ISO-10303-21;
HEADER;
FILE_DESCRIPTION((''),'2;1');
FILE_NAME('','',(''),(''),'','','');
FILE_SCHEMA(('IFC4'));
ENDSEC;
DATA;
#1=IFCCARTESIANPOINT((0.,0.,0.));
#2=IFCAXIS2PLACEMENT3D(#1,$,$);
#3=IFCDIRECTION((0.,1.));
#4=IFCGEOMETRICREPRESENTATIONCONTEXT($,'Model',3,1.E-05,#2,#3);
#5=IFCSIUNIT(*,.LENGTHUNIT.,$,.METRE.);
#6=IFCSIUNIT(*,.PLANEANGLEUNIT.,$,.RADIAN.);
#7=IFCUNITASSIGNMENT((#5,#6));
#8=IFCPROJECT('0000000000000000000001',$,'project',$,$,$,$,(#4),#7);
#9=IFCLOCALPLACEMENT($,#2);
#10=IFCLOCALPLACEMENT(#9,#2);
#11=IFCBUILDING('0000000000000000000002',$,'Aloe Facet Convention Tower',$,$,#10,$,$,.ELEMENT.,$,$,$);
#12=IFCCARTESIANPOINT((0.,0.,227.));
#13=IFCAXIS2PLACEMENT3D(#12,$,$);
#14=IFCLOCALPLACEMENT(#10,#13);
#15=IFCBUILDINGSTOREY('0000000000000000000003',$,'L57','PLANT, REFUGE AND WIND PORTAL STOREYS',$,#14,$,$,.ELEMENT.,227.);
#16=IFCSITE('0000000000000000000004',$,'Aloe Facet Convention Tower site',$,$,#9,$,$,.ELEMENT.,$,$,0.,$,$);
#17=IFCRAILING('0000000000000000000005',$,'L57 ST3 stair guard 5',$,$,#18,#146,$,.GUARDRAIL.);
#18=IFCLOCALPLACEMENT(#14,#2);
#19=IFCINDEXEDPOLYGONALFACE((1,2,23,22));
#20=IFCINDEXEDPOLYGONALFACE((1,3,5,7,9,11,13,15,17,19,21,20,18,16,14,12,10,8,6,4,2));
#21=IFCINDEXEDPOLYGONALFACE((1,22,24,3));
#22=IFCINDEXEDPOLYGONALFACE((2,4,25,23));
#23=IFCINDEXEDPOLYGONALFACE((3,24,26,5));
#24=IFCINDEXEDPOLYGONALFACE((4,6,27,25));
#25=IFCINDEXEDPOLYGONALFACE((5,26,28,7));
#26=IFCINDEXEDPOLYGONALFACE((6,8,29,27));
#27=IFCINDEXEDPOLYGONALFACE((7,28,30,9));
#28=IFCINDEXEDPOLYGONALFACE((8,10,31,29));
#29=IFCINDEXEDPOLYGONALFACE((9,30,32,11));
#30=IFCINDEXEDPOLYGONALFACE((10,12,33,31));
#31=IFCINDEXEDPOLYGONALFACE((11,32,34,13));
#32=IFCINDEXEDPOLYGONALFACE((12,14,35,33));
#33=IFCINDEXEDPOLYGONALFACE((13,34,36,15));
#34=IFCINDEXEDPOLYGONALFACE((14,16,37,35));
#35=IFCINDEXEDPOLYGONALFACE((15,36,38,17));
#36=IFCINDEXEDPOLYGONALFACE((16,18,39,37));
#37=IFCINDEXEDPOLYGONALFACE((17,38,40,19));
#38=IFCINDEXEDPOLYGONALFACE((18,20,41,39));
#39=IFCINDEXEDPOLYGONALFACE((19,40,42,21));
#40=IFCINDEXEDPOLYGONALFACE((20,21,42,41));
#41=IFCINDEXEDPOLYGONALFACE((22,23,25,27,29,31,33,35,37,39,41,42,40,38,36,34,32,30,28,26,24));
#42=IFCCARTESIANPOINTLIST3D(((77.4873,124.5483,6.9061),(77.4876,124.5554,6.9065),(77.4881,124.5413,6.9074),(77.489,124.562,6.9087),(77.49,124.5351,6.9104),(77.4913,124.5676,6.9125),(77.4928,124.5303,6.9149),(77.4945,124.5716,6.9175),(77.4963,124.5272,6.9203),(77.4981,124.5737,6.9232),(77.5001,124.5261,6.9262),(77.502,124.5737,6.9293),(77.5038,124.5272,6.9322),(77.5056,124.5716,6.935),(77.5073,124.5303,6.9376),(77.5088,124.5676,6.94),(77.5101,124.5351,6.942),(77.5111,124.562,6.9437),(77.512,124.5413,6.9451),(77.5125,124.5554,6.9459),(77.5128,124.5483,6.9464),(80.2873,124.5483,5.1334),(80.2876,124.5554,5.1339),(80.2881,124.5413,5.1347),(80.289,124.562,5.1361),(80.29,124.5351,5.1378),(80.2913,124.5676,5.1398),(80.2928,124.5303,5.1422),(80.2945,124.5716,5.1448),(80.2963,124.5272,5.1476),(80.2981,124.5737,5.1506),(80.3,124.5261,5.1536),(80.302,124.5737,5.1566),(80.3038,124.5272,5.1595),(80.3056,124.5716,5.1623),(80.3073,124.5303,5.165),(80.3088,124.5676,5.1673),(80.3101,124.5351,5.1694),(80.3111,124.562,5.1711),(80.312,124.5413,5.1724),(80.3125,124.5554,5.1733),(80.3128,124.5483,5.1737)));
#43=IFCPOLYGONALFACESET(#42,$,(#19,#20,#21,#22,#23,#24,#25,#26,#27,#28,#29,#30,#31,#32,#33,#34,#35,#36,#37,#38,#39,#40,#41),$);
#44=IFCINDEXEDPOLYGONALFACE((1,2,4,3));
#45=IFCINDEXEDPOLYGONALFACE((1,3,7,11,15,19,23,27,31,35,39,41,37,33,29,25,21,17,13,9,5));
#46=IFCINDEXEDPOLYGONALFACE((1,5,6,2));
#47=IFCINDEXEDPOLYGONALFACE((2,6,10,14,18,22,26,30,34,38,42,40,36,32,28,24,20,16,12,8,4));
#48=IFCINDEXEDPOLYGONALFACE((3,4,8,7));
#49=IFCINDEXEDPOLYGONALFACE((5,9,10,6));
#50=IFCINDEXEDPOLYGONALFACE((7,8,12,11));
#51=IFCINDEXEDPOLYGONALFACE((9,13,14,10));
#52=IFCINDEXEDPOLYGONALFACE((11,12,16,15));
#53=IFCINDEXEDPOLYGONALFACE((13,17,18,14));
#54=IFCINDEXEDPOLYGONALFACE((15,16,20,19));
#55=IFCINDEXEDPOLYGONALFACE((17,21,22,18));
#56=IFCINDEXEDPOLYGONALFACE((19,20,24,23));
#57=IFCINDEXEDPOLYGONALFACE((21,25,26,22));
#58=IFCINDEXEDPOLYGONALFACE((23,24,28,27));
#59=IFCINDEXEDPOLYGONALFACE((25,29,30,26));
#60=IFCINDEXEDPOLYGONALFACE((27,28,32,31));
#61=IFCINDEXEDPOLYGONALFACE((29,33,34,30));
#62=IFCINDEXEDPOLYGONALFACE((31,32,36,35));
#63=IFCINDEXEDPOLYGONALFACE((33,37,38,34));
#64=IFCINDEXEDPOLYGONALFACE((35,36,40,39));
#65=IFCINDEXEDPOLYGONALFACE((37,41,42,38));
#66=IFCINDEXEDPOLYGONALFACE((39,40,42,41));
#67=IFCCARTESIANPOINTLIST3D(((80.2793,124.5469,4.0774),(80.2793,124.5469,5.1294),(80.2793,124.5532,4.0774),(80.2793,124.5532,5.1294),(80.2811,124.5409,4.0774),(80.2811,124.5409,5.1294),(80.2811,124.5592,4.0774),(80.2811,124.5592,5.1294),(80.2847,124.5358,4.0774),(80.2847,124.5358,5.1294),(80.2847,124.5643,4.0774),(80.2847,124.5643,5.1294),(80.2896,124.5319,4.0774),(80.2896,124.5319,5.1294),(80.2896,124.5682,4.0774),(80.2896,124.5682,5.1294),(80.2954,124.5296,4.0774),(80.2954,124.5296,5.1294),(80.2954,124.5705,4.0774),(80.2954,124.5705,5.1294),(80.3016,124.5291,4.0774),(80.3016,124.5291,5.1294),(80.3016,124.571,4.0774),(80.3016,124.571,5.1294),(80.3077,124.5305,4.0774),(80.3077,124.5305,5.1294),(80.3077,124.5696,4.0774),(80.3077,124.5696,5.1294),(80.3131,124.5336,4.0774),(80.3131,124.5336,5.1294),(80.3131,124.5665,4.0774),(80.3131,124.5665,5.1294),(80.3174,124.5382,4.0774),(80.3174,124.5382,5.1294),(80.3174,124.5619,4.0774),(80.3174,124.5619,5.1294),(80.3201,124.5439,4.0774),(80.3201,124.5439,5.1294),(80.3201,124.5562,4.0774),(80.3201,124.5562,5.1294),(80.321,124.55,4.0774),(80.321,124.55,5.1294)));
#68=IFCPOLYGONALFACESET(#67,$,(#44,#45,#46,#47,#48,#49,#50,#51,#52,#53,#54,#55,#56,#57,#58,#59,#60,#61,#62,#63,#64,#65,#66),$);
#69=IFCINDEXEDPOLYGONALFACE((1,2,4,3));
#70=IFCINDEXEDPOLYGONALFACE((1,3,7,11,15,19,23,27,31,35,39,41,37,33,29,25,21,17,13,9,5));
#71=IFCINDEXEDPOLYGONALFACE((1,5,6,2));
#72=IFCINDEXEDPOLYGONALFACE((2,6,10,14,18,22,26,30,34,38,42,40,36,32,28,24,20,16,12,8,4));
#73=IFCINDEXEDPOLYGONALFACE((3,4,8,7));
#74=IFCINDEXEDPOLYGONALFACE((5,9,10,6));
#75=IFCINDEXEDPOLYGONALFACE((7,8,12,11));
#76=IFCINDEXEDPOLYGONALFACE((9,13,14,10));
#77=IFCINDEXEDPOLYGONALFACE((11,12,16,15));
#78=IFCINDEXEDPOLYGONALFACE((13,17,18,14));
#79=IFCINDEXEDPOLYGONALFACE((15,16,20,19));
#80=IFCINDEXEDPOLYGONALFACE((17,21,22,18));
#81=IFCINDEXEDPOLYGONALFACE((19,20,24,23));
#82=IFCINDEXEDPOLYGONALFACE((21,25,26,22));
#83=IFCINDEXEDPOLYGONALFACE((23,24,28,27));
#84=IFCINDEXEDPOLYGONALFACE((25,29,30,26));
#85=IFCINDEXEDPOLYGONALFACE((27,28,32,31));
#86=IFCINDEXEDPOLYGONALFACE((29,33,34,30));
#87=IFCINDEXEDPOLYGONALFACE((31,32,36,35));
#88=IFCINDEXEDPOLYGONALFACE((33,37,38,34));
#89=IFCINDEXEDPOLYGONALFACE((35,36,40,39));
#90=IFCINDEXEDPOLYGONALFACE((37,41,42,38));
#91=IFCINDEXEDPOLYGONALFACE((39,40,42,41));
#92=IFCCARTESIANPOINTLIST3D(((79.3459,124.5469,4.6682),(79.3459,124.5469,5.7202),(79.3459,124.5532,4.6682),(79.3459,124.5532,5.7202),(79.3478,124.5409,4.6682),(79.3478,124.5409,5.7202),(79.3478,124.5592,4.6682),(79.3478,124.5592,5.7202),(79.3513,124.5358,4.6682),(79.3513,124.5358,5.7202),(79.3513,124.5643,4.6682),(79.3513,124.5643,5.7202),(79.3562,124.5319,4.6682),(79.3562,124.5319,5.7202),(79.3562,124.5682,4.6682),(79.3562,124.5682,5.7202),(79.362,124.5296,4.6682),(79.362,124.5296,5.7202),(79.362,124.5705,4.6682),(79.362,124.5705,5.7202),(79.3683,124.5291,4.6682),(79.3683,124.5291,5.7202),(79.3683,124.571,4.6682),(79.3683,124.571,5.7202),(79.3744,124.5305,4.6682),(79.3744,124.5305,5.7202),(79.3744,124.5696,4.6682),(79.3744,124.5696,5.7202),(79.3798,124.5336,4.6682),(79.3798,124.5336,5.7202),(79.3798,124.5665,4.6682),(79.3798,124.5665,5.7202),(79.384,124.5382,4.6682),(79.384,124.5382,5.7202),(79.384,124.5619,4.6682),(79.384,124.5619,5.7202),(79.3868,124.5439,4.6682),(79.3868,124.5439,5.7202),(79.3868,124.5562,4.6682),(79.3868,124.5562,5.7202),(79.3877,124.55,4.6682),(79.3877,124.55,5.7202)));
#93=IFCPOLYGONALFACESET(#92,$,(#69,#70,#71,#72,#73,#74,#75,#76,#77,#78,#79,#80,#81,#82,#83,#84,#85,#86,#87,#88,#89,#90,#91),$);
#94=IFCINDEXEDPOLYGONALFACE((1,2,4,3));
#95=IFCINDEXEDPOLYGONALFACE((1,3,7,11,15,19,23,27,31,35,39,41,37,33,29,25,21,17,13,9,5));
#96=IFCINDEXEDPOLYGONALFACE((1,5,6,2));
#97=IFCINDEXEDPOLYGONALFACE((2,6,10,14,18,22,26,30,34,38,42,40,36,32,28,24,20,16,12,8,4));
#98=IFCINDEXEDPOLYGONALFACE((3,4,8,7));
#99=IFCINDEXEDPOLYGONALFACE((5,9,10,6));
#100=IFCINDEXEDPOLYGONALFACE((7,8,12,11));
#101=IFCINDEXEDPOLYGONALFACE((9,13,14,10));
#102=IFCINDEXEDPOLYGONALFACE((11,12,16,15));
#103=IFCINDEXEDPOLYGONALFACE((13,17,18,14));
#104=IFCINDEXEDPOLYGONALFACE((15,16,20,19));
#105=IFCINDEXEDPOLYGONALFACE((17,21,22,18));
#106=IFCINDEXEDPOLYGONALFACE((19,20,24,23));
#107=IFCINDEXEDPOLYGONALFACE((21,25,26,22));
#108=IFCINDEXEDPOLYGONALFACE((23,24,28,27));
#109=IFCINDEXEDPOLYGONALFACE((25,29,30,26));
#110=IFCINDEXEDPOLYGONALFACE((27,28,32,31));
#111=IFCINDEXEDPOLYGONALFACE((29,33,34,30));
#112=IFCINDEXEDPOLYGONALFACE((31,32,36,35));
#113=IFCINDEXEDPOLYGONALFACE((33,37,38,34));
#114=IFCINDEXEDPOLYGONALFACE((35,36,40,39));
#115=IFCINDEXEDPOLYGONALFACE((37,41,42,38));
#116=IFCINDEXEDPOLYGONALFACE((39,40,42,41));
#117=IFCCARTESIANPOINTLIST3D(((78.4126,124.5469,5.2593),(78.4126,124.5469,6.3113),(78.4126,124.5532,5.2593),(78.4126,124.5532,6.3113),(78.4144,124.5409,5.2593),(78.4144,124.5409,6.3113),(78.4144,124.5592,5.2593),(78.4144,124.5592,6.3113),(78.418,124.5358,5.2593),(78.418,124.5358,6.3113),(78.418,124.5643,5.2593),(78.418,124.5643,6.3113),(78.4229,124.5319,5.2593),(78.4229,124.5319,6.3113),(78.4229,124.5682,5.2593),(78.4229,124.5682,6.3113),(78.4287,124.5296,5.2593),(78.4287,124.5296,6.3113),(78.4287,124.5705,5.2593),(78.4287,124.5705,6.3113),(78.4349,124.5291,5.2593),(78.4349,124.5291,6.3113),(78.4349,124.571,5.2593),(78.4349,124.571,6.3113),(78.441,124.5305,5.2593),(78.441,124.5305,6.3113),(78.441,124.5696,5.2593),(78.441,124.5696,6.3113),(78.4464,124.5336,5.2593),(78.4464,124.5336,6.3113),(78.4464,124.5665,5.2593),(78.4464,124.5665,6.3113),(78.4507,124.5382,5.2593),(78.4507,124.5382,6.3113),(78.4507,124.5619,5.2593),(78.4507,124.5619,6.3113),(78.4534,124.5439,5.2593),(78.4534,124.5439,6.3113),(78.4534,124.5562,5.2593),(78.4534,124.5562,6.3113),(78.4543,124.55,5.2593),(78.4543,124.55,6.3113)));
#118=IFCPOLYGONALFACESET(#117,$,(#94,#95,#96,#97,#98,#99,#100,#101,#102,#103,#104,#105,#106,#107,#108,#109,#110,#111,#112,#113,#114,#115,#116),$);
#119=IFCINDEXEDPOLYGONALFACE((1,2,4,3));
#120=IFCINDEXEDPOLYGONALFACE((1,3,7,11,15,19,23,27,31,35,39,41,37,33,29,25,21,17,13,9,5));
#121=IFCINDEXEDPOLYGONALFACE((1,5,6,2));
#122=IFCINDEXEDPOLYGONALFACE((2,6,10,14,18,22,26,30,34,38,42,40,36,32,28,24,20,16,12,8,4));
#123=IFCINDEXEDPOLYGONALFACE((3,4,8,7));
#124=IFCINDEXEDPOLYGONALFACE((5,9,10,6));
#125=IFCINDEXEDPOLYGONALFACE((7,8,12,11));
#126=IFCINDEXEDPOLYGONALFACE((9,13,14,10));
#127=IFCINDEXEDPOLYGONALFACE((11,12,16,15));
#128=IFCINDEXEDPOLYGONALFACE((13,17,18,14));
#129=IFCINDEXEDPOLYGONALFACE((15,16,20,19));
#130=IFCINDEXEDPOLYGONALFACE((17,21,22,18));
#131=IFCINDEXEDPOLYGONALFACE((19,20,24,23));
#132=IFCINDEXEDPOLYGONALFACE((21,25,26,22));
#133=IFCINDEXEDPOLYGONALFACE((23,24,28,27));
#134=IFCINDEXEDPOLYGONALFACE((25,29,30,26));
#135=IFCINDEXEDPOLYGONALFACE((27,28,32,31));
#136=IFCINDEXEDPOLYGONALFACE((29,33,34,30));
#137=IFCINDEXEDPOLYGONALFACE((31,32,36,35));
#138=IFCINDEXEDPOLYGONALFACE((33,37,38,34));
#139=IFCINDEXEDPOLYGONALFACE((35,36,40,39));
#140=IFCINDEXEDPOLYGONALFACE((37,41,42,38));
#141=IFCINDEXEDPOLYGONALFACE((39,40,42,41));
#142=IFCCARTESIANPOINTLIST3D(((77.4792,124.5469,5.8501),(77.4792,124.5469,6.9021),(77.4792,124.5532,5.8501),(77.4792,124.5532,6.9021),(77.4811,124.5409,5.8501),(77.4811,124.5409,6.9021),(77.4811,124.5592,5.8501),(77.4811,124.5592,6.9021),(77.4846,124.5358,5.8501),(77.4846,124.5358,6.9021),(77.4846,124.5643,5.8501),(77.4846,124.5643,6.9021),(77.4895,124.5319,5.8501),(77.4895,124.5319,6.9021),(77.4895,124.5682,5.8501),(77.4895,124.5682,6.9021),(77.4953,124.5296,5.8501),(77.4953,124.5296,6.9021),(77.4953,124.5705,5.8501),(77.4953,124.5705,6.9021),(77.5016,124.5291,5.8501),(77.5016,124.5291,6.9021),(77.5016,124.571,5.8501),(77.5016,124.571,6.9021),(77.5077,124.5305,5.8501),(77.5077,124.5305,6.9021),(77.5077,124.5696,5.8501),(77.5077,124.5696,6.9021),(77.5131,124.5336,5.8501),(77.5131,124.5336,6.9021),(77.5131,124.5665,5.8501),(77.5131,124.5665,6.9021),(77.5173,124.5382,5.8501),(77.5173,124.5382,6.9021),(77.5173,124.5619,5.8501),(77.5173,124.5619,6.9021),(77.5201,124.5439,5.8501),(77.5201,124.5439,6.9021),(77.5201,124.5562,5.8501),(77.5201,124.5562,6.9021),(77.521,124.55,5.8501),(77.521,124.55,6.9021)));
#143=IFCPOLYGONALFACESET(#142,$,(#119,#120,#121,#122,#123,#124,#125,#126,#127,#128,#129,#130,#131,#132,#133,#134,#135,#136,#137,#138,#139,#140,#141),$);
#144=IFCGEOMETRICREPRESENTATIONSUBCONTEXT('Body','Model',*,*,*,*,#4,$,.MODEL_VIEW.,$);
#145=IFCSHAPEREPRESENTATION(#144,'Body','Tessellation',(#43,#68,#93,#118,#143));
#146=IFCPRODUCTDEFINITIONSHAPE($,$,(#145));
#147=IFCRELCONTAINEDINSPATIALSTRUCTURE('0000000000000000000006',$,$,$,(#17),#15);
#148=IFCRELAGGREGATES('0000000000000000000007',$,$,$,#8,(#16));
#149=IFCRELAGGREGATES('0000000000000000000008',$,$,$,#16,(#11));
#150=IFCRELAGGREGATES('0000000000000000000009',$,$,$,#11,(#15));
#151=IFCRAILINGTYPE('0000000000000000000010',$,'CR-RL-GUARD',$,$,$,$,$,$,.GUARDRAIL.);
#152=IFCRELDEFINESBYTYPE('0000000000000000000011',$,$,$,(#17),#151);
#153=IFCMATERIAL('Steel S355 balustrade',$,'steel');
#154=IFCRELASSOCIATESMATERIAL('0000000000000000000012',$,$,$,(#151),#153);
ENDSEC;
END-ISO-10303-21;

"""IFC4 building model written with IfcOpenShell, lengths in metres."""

from ifc_helpers import new_model, si_unit, direction, frame, origin, origin_2d, place, context, subcontext, project, spatial, circle, extrude, material, type_object, element, save


model = new_model("IFC4")

# Units and contexts
model_context = context("Model", 3, precision=1e-05, world=origin(), true_north=direction((0.0, 1.0)))
body_context = subcontext(model_context, "Body", "Model", "MODEL_VIEW")
ifc_project = project(units=[si_unit("LENGTHUNIT", "METRE"), si_unit("PLANEANGLEUNIT", "RADIAN")], contexts=[model_context])

# Site, building, storey
site_placement = place(None, origin())
site = spatial("IfcSite", under=ifc_project, at=site_placement, Name="Aloe Facet Convention Tower site", CompositionType="ELEMENT", RefElevation=0.0)
building_placement = place(site_placement, origin())
building = spatial("IfcBuilding", under=site, at=building_placement, Name="Aloe Facet Convention Tower", CompositionType="ELEMENT")
storey_placement = place(building_placement, frame((0.0, 0.0, 227.0)))
storey = spatial("IfcBuildingStorey", under=building, at=storey_placement, Name="L57", Description="PLANT, REFUGE AND WIND PORTAL STOREYS", CompositionType="ELEMENT", Elevation=227.0)

# Railing
ifc_material_1 = material(Name="Steel S355 balustrade", Category="steel")
railing_type_1 = type_object("IfcRailingType", Name="CR-RL-GUARD", PredefinedType="GUARDRAIL", material=ifc_material_1)
railing_1_placement = place(storey_placement, frame((80.3, 124.55, 4.0774)))
element("IfcRailing", 1, at=railing_1_placement, inside=storey, type_object=railing_type_1, Name="L57 ST3 stair guard 5", PredefinedType="GUARDRAIL", context=body_context, shape_type="SweptSolid", body=[
    extrude(circle(Radius=0.0239, at=origin_2d()), frame((0.0, 0.0, 1.0762), z_axis=(-0.844909, 0.0, 0.53491), x_axis=(0.0, -1.0, 0.0)), (0.0, 0.0, 1.0), 3.314),
    extrude(circle(Radius=0.021, at=origin_2d()), origin(), (0.0, 0.0, 1.0), 1.052),
    extrude(circle(Radius=0.021, at=origin_2d()), frame((-0.9333, 0.0, 0.5908)), (0.0, 0.0, 1.0), 1.052),
    extrude(circle(Radius=0.021, at=origin_2d()), frame((-1.8667, 0.0, 1.1819)), (0.0, 0.0, 1.0), 1.052),
    extrude(circle(Radius=0.021, at=origin_2d()), frame((-2.8, 0.0, 1.7727)), (0.0, 0.0, 1.0), 1.052),
])

save(model, "model.ifc")
